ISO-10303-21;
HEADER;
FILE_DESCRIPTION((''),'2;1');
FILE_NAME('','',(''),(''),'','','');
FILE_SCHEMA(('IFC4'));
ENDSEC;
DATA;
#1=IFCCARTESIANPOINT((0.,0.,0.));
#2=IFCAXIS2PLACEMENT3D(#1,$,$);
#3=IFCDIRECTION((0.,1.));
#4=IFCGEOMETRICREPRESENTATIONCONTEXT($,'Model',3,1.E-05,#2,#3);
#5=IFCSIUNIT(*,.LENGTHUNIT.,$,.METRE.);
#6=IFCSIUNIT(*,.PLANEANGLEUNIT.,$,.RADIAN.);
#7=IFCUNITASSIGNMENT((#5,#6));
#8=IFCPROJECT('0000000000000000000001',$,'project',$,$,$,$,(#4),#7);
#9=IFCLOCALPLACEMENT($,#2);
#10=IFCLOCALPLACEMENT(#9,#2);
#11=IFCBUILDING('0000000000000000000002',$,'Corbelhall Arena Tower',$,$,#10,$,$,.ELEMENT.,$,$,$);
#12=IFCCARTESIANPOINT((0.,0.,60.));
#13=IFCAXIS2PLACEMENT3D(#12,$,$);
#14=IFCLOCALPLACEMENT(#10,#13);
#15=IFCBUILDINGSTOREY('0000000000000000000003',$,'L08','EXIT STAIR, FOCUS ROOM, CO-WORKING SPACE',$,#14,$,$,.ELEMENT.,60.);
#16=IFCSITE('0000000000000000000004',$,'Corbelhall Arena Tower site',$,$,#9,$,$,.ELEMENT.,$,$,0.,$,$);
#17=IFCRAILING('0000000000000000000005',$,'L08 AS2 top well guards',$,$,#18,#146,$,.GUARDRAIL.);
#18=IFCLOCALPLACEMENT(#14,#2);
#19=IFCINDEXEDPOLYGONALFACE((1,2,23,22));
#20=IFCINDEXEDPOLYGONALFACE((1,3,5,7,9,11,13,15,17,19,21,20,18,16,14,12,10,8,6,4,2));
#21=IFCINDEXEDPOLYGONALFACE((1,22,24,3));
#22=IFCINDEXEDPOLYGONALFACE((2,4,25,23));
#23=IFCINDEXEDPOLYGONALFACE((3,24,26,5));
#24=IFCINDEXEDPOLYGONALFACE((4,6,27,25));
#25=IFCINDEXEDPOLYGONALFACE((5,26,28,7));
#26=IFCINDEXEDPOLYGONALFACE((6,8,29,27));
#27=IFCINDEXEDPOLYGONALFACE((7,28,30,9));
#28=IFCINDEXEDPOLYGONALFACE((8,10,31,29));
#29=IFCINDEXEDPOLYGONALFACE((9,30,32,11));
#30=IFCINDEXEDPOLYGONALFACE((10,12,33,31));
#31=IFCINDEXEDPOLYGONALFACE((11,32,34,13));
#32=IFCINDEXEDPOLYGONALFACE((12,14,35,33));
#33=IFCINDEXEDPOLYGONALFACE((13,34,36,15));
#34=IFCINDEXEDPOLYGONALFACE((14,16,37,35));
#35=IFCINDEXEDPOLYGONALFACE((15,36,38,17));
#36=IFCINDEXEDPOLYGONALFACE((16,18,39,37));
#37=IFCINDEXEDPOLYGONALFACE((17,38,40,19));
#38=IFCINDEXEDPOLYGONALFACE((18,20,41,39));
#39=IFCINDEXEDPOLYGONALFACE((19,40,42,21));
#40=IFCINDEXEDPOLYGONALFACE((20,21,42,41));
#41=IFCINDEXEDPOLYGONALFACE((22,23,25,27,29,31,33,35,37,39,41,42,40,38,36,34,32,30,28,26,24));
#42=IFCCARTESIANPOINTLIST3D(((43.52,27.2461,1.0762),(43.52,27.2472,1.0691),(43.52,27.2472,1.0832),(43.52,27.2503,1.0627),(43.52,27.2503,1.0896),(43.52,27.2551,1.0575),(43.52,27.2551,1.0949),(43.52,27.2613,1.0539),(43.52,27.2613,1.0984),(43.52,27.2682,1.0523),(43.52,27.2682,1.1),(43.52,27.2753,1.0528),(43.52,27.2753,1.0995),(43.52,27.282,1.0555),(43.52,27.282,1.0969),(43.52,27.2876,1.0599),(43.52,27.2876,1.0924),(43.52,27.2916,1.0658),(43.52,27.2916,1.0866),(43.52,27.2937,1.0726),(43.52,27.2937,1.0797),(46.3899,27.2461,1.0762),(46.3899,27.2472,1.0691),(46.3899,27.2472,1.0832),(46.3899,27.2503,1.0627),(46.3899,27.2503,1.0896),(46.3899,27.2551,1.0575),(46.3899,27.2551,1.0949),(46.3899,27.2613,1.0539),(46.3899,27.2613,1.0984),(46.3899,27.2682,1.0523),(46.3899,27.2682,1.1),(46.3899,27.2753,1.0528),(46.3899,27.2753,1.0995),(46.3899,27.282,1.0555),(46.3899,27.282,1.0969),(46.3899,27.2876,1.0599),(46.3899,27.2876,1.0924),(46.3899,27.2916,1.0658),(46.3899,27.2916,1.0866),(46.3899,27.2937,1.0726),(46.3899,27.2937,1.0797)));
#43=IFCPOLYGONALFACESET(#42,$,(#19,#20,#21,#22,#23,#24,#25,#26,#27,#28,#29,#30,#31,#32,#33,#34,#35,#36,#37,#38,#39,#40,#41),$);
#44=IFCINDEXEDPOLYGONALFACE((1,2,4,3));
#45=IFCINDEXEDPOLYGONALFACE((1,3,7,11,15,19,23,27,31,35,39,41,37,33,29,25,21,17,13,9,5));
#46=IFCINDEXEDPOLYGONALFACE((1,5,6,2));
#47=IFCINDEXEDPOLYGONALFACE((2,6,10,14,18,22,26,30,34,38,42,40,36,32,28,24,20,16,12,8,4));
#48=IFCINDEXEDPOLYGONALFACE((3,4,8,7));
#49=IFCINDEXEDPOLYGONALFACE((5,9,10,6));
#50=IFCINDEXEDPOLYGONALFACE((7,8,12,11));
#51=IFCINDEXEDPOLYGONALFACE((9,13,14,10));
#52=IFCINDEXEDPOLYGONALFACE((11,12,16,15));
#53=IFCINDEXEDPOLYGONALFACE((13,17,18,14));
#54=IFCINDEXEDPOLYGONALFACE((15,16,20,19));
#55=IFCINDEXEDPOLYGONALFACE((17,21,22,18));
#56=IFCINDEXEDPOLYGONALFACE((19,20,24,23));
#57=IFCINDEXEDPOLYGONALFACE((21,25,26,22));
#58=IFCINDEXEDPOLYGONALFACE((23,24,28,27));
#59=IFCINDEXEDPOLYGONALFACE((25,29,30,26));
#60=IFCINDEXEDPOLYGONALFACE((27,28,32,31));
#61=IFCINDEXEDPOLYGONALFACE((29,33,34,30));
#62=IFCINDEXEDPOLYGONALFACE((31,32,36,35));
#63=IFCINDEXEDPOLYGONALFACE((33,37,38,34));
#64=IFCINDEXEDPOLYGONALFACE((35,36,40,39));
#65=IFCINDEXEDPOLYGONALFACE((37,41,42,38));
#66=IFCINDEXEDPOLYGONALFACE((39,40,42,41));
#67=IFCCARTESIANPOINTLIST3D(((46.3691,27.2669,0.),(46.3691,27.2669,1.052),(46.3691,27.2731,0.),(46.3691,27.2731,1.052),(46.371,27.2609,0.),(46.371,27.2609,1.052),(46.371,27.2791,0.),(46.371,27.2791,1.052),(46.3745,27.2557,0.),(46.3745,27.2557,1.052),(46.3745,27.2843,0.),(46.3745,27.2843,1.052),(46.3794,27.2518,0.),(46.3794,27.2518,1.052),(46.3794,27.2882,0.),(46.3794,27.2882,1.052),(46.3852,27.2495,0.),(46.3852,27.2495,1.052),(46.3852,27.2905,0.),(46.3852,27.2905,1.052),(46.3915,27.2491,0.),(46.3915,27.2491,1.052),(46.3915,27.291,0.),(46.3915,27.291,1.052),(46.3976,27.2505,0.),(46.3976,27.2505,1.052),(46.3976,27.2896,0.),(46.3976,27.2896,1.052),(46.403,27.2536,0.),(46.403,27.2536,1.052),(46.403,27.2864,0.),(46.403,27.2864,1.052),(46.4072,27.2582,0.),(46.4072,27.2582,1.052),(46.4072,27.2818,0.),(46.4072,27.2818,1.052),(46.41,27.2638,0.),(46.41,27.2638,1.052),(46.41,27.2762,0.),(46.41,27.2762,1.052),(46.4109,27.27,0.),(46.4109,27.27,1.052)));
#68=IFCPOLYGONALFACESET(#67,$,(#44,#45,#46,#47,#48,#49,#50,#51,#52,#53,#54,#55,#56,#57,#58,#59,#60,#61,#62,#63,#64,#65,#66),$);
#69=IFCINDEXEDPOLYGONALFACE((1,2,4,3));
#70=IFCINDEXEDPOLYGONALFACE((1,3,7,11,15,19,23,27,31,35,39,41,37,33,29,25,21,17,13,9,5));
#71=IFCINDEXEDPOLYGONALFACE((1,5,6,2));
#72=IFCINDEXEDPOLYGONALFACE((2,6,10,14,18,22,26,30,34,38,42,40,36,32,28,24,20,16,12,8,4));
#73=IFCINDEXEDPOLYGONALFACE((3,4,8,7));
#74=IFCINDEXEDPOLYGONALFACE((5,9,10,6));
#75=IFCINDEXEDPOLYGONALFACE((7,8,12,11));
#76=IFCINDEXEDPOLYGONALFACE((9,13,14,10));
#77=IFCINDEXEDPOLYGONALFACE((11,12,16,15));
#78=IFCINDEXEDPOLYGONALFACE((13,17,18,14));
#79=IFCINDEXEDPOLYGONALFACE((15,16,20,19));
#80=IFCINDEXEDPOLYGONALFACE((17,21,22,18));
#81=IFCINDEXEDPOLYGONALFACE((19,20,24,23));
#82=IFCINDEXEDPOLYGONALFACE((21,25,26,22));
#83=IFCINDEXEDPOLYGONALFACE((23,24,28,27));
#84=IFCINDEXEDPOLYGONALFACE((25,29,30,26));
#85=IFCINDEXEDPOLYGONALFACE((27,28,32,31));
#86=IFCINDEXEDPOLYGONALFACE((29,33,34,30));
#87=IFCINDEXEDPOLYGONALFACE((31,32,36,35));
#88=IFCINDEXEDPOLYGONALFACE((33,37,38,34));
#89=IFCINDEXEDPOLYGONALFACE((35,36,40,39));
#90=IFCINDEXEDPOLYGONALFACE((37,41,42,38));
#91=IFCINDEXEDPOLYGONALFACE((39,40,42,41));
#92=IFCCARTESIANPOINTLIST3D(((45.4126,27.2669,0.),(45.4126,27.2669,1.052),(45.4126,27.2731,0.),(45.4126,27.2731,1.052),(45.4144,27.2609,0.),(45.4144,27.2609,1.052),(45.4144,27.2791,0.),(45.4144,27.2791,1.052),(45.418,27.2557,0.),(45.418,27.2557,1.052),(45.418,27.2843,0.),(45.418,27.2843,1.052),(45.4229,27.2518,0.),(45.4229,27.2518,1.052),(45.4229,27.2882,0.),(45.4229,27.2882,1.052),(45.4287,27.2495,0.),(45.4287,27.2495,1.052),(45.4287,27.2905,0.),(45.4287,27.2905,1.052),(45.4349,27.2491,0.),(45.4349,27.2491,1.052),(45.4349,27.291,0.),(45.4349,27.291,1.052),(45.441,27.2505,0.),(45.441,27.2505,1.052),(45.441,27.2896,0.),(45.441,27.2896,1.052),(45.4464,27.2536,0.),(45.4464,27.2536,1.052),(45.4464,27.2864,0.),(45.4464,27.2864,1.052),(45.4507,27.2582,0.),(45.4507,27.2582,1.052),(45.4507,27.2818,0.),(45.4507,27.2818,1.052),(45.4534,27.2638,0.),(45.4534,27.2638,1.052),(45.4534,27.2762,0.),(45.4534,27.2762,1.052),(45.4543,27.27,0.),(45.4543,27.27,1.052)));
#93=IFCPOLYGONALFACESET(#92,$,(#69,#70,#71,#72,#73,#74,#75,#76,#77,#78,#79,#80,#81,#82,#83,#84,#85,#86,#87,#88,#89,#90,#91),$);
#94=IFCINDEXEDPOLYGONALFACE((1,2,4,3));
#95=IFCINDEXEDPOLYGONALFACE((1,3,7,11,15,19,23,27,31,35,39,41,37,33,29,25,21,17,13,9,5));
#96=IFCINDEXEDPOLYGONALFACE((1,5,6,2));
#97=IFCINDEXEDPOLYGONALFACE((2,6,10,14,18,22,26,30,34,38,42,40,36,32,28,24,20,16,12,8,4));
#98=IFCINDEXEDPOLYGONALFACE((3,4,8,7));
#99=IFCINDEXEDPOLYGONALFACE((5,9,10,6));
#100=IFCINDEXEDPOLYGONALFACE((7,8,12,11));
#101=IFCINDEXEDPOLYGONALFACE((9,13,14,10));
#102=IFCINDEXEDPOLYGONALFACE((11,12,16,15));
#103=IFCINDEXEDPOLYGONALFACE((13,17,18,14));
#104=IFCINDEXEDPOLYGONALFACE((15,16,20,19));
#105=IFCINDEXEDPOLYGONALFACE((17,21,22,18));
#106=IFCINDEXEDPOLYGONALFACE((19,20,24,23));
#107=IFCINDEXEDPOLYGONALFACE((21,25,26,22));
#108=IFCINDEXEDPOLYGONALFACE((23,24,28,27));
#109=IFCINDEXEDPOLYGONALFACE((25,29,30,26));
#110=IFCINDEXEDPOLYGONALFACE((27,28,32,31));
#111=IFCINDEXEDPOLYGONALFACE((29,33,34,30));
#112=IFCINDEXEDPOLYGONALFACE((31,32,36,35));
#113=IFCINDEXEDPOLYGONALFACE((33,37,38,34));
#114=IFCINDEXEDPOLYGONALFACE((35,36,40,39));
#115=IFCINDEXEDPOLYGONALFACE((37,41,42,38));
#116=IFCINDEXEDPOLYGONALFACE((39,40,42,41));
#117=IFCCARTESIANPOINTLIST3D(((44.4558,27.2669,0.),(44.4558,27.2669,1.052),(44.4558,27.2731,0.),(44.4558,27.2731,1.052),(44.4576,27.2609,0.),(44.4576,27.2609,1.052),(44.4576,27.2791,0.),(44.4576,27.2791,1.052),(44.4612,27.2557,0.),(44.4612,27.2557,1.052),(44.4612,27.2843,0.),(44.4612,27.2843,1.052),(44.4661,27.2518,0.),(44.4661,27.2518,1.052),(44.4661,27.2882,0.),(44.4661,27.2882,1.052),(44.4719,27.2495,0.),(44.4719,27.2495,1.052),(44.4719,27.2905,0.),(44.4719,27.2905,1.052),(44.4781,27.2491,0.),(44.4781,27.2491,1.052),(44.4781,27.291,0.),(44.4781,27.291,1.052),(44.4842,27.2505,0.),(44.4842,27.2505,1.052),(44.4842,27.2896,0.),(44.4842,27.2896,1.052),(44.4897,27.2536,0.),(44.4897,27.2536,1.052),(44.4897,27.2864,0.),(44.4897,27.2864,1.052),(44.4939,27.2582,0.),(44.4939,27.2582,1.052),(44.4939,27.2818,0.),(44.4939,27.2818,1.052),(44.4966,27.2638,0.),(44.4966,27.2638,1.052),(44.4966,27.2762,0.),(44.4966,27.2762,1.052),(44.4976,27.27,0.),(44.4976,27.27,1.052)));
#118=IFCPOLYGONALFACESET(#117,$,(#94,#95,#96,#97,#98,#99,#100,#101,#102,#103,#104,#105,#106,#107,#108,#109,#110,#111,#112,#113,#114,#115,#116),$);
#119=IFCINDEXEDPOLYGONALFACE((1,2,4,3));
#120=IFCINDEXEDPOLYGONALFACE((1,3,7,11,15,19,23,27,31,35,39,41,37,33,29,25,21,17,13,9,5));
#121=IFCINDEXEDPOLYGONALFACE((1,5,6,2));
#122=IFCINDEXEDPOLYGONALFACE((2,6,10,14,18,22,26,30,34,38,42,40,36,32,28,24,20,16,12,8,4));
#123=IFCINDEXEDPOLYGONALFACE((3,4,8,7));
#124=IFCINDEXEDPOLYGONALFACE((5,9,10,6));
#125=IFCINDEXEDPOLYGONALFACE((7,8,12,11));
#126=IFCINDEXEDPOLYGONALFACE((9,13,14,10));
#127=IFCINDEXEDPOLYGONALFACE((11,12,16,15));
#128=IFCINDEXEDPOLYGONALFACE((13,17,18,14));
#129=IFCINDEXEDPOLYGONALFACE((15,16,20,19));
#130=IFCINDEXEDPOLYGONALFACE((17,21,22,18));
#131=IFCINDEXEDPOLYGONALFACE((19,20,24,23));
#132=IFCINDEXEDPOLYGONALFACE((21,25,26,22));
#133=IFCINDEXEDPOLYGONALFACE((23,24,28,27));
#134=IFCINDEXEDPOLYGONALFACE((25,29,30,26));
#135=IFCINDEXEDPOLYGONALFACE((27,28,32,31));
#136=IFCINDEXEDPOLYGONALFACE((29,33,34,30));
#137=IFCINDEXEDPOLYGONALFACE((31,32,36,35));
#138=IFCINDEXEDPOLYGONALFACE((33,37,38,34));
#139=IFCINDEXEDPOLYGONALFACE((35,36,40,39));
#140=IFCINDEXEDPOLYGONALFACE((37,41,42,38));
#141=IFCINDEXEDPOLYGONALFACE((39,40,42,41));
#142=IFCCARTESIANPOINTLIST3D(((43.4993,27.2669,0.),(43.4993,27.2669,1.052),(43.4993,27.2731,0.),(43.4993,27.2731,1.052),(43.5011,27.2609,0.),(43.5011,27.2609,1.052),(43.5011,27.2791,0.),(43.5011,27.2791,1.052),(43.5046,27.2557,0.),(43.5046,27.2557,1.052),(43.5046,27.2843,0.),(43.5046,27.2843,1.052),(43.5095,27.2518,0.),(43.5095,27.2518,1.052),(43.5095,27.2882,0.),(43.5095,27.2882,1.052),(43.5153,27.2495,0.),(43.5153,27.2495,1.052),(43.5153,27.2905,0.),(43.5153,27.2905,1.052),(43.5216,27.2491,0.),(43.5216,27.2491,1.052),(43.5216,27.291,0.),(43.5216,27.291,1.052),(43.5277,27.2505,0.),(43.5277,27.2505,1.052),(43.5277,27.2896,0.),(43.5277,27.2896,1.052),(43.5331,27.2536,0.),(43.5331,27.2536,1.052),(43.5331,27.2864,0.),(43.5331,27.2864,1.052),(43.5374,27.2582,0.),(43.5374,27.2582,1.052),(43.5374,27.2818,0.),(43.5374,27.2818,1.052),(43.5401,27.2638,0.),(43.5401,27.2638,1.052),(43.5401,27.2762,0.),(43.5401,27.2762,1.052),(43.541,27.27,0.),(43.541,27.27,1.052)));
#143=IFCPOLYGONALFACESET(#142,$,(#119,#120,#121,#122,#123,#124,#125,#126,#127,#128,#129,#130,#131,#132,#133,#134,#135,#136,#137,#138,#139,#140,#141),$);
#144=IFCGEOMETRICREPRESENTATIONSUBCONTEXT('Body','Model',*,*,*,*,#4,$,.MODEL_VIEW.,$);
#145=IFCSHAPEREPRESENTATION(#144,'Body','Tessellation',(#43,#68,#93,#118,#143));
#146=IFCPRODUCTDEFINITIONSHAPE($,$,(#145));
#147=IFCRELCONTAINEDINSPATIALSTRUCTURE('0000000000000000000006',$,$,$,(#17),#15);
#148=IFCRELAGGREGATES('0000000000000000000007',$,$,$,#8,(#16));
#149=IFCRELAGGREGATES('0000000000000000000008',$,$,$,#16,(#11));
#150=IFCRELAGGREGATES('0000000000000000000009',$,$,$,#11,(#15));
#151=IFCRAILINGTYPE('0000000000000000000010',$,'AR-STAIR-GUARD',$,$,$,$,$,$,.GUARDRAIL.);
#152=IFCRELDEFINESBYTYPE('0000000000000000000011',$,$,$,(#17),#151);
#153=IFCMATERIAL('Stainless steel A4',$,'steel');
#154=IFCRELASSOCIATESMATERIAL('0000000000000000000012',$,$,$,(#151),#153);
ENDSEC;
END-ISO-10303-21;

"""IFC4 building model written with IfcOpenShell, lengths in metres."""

from ifc_helpers import new_model, si_unit, direction, frame, origin, origin_2d, place, context, subcontext, project, spatial, circle, extrude, material, type_object, element, save


model = new_model("IFC4")

# Units and contexts
model_context = context("Model", 3, precision=1e-05, world=origin(), true_north=direction((0.0, 1.0)))
body_context = subcontext(model_context, "Body", "Model", "MODEL_VIEW")
ifc_project = project(units=[si_unit("LENGTHUNIT", "METRE"), si_unit("PLANEANGLEUNIT", "RADIAN")], contexts=[model_context])

# Site, building, storey
site_placement = place(None, origin())
site = spatial("IfcSite", under=ifc_project, at=site_placement, Name="Corbelhall Arena Tower site", CompositionType="ELEMENT", RefElevation=0.0)
building_placement = place(site_placement, origin())
building = spatial("IfcBuilding", under=site, at=building_placement, Name="Corbelhall Arena Tower", CompositionType="ELEMENT")
storey_placement = place(building_placement, frame((0.0, 0.0, 60.0)))
storey = spatial("IfcBuildingStorey", under=building, at=storey_placement, Name="L08", Description="EXIT STAIR, FOCUS ROOM, CO-WORKING SPACE", CompositionType="ELEMENT", Elevation=60.0)

# Shared definitions
ifc_material_1 = material(Name="Stainless steel A4", Category="steel")

# Railing
railing_type = type_object("IfcRailingType", Name="AR-STAIR-GUARD", PredefinedType="GUARDRAIL", material=ifc_material_1)
for number, where, name in (
    (1, (46.3899, 27.27, 0.0), "L08 AS2 top well guards"),
):
    element("IfcRailing", number, at=place(storey_placement, frame(where)), inside=storey, type_object=railing_type, Name=name, PredefinedType="GUARDRAIL", context=body_context, shape_type="SweptSolid", body=[
        extrude(circle(Radius=0.0239, at=origin_2d()), frame((0.0, 0.0, 1.0762), z_axis=(-1.0, 0.0, 0.0), x_axis=(0.0, -1.0, 0.0)), (0.0, 0.0, 1.0), 2.8699),
        extrude(circle(Radius=0.021, at=origin_2d()), origin(), (0.0, 0.0, 1.0), 1.052),
        extrude(circle(Radius=0.021, at=origin_2d()), frame((-0.9565, 0.0, 0.0)), (0.0, 0.0, 1.0), 1.052),
        extrude(circle(Radius=0.021, at=origin_2d()), frame((-1.9133, 0.0, 0.0)), (0.0, 0.0, 1.0), 1.052),
        extrude(circle(Radius=0.021, at=origin_2d()), frame((-2.8699, 0.0, 0.0)), (0.0, 0.0, 1.0), 1.052),
    ])

save(model, "model.ifc")
